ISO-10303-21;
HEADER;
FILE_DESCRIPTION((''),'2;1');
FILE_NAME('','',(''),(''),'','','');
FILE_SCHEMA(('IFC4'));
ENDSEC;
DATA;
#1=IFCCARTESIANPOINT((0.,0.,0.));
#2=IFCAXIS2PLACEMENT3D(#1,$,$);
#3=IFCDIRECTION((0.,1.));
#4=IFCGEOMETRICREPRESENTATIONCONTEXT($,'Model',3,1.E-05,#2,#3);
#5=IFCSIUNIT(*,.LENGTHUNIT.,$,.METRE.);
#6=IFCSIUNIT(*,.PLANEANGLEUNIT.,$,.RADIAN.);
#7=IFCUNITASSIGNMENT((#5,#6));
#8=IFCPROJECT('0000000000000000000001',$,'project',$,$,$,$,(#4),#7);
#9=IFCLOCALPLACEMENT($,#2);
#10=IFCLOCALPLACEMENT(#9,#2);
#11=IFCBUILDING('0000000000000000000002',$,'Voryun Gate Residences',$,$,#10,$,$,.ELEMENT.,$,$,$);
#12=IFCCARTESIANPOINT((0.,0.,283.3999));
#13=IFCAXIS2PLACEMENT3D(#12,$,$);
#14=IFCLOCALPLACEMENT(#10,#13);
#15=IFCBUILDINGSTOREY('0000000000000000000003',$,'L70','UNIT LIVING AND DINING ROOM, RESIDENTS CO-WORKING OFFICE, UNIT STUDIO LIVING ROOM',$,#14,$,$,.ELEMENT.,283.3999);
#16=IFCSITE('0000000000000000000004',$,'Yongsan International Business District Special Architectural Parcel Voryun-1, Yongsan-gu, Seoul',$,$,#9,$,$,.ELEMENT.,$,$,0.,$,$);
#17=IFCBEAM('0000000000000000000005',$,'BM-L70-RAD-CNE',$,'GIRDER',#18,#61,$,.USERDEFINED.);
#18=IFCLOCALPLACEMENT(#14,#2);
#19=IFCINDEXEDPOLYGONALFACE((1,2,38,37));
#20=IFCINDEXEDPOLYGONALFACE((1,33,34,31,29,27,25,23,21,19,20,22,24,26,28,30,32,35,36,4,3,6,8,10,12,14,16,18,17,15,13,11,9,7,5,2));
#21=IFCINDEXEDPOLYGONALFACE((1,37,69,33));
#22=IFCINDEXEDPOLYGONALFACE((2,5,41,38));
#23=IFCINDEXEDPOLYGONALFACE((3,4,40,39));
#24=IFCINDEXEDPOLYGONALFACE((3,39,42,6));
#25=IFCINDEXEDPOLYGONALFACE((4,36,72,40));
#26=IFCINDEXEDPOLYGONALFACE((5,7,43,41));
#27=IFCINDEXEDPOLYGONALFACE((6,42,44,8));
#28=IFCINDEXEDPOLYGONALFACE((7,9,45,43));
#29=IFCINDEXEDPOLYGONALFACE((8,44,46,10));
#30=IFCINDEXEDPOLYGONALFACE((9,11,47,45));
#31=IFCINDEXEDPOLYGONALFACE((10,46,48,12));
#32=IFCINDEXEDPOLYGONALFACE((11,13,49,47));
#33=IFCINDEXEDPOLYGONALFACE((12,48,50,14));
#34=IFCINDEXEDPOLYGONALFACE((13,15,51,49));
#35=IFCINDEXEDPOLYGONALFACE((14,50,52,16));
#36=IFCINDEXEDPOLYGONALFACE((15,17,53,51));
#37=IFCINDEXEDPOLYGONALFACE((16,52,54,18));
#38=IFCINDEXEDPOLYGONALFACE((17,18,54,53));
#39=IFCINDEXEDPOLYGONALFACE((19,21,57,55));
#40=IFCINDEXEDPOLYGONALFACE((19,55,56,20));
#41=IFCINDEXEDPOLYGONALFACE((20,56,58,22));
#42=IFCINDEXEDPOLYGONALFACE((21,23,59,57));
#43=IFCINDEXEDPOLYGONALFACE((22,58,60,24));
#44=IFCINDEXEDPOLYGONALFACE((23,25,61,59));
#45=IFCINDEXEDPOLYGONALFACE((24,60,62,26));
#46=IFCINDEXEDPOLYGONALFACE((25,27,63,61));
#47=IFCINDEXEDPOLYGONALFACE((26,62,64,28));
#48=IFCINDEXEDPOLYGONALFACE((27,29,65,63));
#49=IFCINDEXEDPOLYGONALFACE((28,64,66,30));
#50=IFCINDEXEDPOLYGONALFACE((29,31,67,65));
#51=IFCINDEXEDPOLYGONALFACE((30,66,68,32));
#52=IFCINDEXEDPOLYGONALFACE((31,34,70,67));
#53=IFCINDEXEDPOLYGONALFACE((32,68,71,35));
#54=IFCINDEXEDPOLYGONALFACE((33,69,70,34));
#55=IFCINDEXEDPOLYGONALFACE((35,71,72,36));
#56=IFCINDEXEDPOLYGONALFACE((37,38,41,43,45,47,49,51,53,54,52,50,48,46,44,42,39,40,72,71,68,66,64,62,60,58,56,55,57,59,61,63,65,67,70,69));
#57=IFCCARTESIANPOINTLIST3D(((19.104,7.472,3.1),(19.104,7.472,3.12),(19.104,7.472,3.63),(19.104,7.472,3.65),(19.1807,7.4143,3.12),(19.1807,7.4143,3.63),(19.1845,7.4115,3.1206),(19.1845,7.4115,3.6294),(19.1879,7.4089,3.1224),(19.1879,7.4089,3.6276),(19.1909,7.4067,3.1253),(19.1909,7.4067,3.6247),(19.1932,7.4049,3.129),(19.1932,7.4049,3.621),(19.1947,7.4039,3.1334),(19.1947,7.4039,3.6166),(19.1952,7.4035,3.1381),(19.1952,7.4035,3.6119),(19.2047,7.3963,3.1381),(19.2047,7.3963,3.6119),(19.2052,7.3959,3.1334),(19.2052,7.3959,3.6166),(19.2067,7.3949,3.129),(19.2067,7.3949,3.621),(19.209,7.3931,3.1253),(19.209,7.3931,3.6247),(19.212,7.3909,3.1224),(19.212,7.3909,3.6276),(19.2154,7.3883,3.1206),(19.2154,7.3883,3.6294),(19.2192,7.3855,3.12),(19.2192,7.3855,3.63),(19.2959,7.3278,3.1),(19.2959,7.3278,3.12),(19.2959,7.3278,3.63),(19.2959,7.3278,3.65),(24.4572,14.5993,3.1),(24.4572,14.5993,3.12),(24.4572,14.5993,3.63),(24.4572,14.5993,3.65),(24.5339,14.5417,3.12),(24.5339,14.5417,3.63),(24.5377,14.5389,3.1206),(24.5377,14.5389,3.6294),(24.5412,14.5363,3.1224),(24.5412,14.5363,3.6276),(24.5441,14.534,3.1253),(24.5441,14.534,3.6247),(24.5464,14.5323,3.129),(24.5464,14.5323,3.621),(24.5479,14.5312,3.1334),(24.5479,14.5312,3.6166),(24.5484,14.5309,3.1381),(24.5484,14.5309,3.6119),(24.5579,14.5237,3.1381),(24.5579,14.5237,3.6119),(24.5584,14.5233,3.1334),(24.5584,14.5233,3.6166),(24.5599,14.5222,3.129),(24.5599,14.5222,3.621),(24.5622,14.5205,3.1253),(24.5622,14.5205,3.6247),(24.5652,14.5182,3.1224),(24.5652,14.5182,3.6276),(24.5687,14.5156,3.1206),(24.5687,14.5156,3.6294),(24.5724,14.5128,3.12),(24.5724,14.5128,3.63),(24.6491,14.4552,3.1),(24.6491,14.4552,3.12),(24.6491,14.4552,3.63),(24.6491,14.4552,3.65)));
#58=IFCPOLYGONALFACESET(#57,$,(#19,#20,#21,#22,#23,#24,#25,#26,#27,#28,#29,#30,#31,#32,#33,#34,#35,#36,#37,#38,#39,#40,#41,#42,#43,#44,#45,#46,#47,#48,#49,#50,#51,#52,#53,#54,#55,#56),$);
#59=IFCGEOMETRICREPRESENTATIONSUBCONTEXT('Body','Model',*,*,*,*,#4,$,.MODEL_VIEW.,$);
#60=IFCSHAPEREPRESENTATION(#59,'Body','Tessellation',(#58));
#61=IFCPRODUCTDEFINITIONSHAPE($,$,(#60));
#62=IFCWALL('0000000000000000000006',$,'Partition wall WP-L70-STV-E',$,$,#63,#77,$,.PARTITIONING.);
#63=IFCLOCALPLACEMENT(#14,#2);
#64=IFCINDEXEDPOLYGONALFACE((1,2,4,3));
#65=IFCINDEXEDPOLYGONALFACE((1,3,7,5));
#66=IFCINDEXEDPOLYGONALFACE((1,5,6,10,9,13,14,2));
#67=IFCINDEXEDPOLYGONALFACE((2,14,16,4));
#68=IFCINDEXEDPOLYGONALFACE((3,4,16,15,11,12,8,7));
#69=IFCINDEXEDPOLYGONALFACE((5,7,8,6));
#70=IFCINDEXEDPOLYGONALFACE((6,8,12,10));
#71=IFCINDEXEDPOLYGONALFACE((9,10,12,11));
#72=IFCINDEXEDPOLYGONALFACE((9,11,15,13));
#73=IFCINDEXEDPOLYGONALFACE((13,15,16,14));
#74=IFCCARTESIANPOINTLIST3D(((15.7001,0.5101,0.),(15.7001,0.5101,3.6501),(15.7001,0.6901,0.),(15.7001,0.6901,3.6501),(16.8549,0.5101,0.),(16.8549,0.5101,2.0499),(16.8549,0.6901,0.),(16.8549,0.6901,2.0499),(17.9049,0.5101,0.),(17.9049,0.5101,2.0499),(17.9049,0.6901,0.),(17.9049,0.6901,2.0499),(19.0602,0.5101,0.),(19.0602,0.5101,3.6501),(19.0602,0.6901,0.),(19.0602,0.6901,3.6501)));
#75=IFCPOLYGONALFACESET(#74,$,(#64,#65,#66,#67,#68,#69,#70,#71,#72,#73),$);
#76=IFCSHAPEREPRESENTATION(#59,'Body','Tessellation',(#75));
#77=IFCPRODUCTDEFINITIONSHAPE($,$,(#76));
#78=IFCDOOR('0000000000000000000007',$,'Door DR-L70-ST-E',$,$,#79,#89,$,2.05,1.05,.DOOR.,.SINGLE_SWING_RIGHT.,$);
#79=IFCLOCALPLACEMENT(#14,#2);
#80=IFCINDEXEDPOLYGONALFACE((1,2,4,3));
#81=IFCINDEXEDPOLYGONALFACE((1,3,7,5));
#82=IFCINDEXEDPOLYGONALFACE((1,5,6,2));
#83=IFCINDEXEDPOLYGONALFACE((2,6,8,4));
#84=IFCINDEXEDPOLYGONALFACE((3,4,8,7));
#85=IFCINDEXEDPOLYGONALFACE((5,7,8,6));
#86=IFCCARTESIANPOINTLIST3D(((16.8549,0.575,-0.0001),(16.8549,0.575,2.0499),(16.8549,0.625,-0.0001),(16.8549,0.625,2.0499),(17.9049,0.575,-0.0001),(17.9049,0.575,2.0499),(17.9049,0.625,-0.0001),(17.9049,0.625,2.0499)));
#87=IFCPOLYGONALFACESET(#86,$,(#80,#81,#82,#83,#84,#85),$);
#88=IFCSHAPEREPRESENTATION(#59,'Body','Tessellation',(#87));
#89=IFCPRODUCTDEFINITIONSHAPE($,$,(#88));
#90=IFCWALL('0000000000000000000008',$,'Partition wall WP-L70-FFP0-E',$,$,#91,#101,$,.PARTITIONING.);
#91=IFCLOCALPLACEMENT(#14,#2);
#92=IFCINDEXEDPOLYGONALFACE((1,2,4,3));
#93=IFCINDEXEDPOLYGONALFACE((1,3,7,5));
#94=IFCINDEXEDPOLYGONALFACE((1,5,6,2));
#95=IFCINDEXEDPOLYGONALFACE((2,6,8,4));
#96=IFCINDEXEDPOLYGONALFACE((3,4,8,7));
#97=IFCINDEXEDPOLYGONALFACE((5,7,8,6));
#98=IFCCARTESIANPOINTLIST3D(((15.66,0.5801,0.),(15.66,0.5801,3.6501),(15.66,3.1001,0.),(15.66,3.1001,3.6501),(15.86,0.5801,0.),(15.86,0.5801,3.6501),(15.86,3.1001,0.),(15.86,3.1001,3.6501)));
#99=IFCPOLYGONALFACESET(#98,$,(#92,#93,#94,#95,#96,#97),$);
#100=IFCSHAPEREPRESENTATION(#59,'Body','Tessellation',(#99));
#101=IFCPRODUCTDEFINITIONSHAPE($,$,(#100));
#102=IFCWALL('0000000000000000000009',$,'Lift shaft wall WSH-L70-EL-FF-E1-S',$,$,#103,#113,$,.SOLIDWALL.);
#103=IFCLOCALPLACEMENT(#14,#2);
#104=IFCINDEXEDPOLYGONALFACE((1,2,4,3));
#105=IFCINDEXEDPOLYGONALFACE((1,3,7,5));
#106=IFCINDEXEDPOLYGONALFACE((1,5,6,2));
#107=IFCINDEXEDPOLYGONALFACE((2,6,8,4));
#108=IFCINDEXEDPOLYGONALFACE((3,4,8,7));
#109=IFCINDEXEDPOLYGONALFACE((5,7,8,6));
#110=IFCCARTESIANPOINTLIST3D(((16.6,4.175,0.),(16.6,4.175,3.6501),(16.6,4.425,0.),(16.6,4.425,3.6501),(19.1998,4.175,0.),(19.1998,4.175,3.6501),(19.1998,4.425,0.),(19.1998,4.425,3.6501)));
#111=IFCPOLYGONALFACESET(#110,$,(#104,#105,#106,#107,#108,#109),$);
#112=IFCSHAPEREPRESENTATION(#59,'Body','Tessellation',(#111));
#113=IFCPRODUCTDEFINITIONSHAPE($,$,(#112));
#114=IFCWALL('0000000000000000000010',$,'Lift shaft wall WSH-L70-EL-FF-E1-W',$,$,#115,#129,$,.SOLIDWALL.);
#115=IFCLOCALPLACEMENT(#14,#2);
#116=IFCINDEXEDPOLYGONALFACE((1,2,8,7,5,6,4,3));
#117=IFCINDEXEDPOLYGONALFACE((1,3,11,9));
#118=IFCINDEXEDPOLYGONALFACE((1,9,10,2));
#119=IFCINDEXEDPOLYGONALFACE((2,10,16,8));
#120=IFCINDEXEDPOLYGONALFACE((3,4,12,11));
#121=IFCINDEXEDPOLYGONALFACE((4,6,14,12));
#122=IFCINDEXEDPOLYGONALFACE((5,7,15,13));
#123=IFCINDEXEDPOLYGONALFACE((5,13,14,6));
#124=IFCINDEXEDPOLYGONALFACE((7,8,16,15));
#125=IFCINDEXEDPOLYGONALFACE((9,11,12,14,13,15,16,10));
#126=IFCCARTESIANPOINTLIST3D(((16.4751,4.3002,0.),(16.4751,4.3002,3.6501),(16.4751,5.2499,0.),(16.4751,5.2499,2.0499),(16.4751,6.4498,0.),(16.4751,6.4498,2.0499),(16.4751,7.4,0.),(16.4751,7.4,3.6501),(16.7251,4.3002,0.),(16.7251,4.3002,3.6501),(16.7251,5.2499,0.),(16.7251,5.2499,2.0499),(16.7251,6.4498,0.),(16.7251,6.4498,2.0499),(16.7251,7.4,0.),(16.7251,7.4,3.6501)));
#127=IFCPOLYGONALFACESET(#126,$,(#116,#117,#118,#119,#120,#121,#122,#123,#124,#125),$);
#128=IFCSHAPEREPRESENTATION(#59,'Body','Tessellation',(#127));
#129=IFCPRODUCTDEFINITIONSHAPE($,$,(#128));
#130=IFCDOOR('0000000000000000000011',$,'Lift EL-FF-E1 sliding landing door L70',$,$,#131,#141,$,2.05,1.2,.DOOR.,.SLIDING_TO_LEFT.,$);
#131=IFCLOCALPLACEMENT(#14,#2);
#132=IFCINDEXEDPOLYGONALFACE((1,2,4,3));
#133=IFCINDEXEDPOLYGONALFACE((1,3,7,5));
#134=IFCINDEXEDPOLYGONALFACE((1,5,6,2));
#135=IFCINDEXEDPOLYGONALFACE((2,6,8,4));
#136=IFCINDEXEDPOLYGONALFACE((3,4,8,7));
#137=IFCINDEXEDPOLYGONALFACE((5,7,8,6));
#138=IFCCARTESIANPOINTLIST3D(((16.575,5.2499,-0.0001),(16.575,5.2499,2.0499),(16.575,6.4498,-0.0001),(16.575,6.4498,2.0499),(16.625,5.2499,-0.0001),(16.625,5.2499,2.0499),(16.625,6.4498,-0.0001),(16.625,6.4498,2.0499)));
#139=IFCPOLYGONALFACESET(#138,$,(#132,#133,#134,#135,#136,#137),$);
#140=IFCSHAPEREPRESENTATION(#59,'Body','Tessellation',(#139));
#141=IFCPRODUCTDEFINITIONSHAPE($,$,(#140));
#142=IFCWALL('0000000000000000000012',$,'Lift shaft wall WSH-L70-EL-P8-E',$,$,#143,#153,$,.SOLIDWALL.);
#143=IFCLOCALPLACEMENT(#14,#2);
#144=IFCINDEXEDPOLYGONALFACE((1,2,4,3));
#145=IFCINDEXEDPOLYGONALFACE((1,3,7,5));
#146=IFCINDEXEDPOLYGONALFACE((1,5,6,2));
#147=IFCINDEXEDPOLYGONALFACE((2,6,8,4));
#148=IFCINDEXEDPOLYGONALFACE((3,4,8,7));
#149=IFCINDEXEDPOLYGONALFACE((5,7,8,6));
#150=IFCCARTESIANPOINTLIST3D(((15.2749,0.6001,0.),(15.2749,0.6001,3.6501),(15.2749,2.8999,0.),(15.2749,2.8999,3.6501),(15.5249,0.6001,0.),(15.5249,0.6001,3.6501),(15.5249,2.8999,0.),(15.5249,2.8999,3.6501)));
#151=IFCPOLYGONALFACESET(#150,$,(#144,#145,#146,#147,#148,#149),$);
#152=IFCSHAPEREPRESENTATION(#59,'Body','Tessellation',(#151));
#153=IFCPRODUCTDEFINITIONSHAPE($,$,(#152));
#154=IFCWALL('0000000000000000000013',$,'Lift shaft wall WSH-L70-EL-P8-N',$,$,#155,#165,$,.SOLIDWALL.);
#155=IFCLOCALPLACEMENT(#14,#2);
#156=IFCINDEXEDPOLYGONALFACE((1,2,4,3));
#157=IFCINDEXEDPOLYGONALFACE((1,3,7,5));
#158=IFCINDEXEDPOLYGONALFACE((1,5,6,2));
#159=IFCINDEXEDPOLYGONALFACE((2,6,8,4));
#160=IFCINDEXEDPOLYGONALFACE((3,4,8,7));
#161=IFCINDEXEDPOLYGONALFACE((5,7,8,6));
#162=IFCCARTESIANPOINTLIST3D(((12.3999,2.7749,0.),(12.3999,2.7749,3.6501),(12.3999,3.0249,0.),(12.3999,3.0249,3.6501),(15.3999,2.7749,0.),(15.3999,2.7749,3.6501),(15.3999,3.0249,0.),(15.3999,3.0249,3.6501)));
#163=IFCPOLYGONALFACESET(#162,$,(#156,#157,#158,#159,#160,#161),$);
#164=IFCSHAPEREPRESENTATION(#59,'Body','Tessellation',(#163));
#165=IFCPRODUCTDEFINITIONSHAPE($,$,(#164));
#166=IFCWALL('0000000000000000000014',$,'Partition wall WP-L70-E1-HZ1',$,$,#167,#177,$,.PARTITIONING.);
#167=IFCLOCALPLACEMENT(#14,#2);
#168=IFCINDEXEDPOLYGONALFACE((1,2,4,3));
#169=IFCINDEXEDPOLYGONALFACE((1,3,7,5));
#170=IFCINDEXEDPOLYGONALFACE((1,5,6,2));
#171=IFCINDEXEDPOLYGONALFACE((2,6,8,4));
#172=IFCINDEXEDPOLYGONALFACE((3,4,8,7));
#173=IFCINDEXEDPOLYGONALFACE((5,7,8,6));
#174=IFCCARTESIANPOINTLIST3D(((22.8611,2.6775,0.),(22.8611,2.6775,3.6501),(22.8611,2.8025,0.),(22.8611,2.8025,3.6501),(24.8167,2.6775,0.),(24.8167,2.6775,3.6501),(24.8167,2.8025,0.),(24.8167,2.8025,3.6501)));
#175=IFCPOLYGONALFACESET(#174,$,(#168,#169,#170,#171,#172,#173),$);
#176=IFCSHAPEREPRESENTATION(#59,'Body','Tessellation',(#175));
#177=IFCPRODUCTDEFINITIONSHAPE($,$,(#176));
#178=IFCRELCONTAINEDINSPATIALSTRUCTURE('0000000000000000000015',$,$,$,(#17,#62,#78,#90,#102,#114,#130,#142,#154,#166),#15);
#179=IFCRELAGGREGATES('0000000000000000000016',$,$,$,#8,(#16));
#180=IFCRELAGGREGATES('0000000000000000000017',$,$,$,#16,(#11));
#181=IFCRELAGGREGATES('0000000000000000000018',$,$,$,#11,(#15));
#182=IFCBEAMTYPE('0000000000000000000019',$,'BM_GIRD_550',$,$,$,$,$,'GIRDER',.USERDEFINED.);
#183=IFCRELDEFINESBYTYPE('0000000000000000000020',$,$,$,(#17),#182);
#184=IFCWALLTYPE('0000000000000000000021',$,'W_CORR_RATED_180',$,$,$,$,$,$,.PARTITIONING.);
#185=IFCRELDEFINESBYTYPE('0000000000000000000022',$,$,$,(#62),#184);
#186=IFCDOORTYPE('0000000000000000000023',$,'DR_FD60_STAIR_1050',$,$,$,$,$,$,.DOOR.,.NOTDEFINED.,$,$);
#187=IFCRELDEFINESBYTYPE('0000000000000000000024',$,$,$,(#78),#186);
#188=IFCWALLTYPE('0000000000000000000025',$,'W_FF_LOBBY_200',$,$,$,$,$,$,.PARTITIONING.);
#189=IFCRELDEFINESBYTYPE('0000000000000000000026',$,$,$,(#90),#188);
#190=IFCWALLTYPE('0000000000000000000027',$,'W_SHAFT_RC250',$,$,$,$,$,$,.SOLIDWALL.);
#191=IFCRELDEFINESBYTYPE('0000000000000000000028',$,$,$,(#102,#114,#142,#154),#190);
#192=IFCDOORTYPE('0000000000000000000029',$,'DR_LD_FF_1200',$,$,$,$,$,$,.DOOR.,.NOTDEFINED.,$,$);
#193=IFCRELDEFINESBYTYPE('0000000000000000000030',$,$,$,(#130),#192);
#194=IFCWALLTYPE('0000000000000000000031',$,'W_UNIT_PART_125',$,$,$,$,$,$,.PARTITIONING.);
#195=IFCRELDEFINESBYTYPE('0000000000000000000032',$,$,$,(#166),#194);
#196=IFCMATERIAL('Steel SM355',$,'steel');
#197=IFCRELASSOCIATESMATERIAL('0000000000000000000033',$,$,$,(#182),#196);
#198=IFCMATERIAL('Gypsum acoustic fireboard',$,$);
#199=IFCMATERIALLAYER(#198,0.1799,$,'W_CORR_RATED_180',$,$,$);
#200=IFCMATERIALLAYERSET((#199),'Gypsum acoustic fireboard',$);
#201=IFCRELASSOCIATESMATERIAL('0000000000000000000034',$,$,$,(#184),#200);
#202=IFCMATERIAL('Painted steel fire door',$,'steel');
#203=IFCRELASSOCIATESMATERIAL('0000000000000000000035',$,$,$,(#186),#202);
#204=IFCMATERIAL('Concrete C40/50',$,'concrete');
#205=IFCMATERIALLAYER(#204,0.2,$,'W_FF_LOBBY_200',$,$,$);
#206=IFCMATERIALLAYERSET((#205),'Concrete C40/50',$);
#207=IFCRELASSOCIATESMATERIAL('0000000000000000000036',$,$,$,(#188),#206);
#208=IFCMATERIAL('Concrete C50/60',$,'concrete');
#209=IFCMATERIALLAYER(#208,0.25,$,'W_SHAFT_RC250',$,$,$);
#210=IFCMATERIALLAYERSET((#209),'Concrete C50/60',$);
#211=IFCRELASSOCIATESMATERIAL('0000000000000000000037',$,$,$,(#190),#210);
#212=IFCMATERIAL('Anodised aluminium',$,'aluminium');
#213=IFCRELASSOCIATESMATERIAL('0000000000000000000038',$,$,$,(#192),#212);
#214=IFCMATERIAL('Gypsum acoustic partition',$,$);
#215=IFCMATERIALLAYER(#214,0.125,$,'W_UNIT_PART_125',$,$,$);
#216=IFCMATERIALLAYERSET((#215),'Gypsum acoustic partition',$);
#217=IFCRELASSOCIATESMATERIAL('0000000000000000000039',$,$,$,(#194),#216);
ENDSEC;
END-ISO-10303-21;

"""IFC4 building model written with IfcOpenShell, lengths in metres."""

from ifc_helpers import new_model, si_unit, direction, frame, frame_2d, origin, origin_2d, place, context, subcontext, project, spatial, rectangle, i_section, extrude, material, layer, layer_set, material_profile, profile_set, type_object, element, fill, save


model = new_model("IFC4")

# Units and contexts
model_context = context("Model", 3, precision=1e-05, world=origin(), true_north=direction((0.0, 1.0)))
body_context = subcontext(model_context, "Body", "Model", "MODEL_VIEW")
ifc_project = project(units=[si_unit("LENGTHUNIT", "METRE"), si_unit("PLANEANGLEUNIT", "RADIAN")], contexts=[model_context])

# Site, building, storey
site_placement = place(None, origin())
site = spatial("IfcSite", under=ifc_project, at=site_placement, Name="Yongsan International Business District Special Architectural Parcel Voryun-1, Yongsan-gu, Seoul", CompositionType="ELEMENT", RefElevation=0.0)
building_placement = place(site_placement, origin())
building = spatial("IfcBuilding", under=site, at=building_placement, Name="Voryun Gate Residences", CompositionType="ELEMENT")
storey_placement = place(building_placement, frame((0.0, 0.0, 283.3999)))
storey = spatial("IfcBuildingStorey", under=building, at=storey_placement, Name="L70", Description="UNIT LIVING AND DINING ROOM, RESIDENTS CO-WORKING OFFICE, UNIT STUDIO LIVING ROOM", CompositionType="ELEMENT", Elevation=283.3999)

# Beam
ifc_material_1 = material(Name="Steel SM355", Category="steel")
ifc_material_profile_1 = material_profile(ifc_material_1, i_section(OverallWidth=0.24, OverallDepth=0.55, WebThickness=0.012, FlangeThickness=0.02, FilletRadius=0.0181, at=origin_2d()), Name="H-550x240x12x20")
ifc_profile_set_1 = profile_set([ifc_material_profile_1], Name="Steel SM355")
beam_type_1 = type_object("IfcBeamType", Name="BM_GIRD_550", ElementType="GIRDER", PredefinedType="USERDEFINED", material=ifc_profile_set_1)
beam_1_placement = place(storey_placement, frame((19.2, 7.3999, 3.375), z_axis=(0.600552, 0.799586, 0.0), x_axis=(-0.799586, 0.600552, 0.0)))
element("IfcBeam", 1, at=beam_1_placement, inside=storey, type_object=beam_type_1, Name="BM-L70-RAD-CNE", ObjectType="GIRDER", PredefinedType="USERDEFINED", context=body_context, shape_type="SweptSolid", body=[
    extrude(i_section(OverallWidth=0.24, OverallDepth=0.55, WebThickness=0.012, FlangeThickness=0.02, FilletRadius=0.0181, at=origin_2d()), origin(), (0.0, 0.0, 1.0), 8.9138),
])

# Wall, opening, door
ifc_material_2 = material(Name="Gypsum acoustic fireboard")
ifc_layer_1 = layer(ifc_material_2, 0.1799, Name="W_CORR_RATED_180")
ifc_layer_set_1 = layer_set([ifc_layer_1], Name="Gypsum acoustic fireboard")
wall_type_1 = type_object("IfcWallType", Name="W_CORR_RATED_180", PredefinedType="PARTITIONING", material=ifc_layer_set_1)
wall_1_placement = place(storey_placement, frame((15.7, 0.6001, 0.0), z_axis=(0.0, 0.0, 1.0), x_axis=(1.0, 0.0, 0.0)))
wall_1 = element("IfcWall", 2, at=wall_1_placement, inside=storey, type_object=wall_type_1, Name="Partition wall WP-L70-STV-E", PredefinedType="PARTITIONING", context=body_context, shape_type="SweptSolid", body=[
    extrude(rectangle(XDim=3.3601, YDim=0.1799, at=frame_2d((1.6802, 0.0))), origin(), (0.0, 0.0, 1.0), 3.6501),
])
opening_1_placement = place(wall_1_placement, frame((1.155, 0.0, 0.0)))
opening_1 = element("IfcOpeningElement", 3, at=opening_1_placement, cuts=wall_1, PredefinedType="OPENING", context=body_context, shape_type="SweptSolid", body=[
    extrude(rectangle(XDim=1.05, YDim=2.05, at=frame_2d((0.5249, 1.0249))), frame((0.0, 0.0999, 0.0), z_axis=(0.0, -1.0, 0.0), x_axis=(1.0, 0.0, 0.0)), (0.0, 0.0, 1.0), 0.2),
])
ifc_material_3 = material(Name="Painted steel fire door", Category="steel")
door_type_1 = type_object("IfcDoorType", Name="DR_FD60_STAIR_1050", OperationType="NOTDEFINED", PredefinedType="DOOR", material=ifc_material_3)
door_1_placement = place(opening_1_placement, origin())
door_1 = element("IfcDoor", 4, at=door_1_placement, inside=storey, type_object=door_type_1, Name="Door DR-L70-ST-E", OperationType="SINGLE_SWING_RIGHT", OverallHeight=2.05, OverallWidth=1.05, PredefinedType="DOOR", context=body_context, shape_type="SweptSolid", body=[
    extrude(rectangle(XDim=1.05, YDim=2.05, at=frame_2d((0.5249, 1.0249))), frame((0.0, 0.0249, 0.0), z_axis=(0.0, -1.0, 0.0), x_axis=(1.0, 0.0, 0.0)), (0.0, 0.0, 1.0), 0.05),
])
fill(opening_1, door_1)

# Walls
ifc_material_4 = material(Name="Concrete C40/50", Category="concrete")
ifc_layer_2 = layer(ifc_material_4, 0.2, Name="W_FF_LOBBY_200")
ifc_layer_set_2 = layer_set([ifc_layer_2], Name="Concrete C40/50")
wall_type_2 = type_object("IfcWallType", Name="W_FF_LOBBY_200", PredefinedType="PARTITIONING", material=ifc_layer_set_2)
wall_2_placement = place(storey_placement, frame((15.76, 0.5801, 0.0), z_axis=(0.0, 0.0, 1.0), x_axis=(0.0, 1.0, 0.0)))
element("IfcWall", 5, at=wall_2_placement, inside=storey, type_object=wall_type_2, Name="Partition wall WP-L70-FFP0-E", PredefinedType="PARTITIONING", context=body_context, shape_type="SweptSolid", body=[
    extrude(rectangle(XDim=2.52, YDim=0.2, at=frame_2d((1.26, 0.0))), origin(), (0.0, 0.0, 1.0), 3.6501),
])
ifc_material_5 = material(Name="Concrete C50/60", Category="concrete")
ifc_layer_3 = layer(ifc_material_5, 0.25, Name="W_SHAFT_RC250")
ifc_layer_set_3 = layer_set([ifc_layer_3], Name="Concrete C50/60")
wall_type_3 = type_object("IfcWallType", Name="W_SHAFT_RC250", PredefinedType="SOLIDWALL", material=ifc_layer_set_3)
wall_3_placement = place(storey_placement, frame((16.6001, 4.3, 0.0), z_axis=(0.0, 0.0, 1.0), x_axis=(1.0, 0.0, 0.0)))
element("IfcWall", 6, at=wall_3_placement, inside=storey, type_object=wall_type_3, Name="Lift shaft wall WSH-L70-EL-FF-E1-S", PredefinedType="SOLIDWALL", context=body_context, shape_type="SweptSolid", body=[
    extrude(rectangle(XDim=2.5999, YDim=0.25, at=frame_2d((1.2998, 0.0))), origin(), (0.0, 0.0, 1.0), 3.6501),
])

# Wall, opening, door
wall_4_placement = place(storey_placement, frame((16.6001, 7.3999, 0.0), z_axis=(0.0, 0.0, 1.0), x_axis=(0.0, -1.0, 0.0)))
wall_4 = element("IfcWall", 7, at=wall_4_placement, inside=storey, type_object=wall_type_3, Name="Lift shaft wall WSH-L70-EL-FF-E1-W", PredefinedType="SOLIDWALL", context=body_context, shape_type="SweptSolid", body=[
    extrude(rectangle(XDim=3.0999, YDim=0.25, at=frame_2d((1.5498, 0.0))), origin(), (0.0, 0.0, 1.0), 3.6501),
])
opening_2_placement = place(wall_4_placement, frame((0.95, 0.0, 0.0)))
opening_2 = element("IfcOpeningElement", 8, at=opening_2_placement, cuts=wall_4, PredefinedType="OPENING", context=body_context, shape_type="SweptSolid", body=[
    extrude(rectangle(XDim=1.2, YDim=2.05, at=frame_2d((0.6001, 1.0249))), frame((0.0, 0.135, 0.0), z_axis=(0.0, -1.0, 0.0), x_axis=(1.0, 0.0, 0.0)), (0.0, 0.0, 1.0), 0.27),
])
ifc_material_6 = material(Name="Anodised aluminium", Category="aluminium")
door_type_2 = type_object("IfcDoorType", Name="DR_LD_FF_1200", OperationType="NOTDEFINED", PredefinedType="DOOR", material=ifc_material_6)
door_2_placement = place(opening_2_placement, origin())
door_2 = element("IfcDoor", 9, at=door_2_placement, inside=storey, type_object=door_type_2, Name="Lift EL-FF-E1 sliding landing door L70", OperationType="SLIDING_TO_LEFT", OverallHeight=2.05, OverallWidth=1.2, PredefinedType="DOOR", context=body_context, shape_type="SweptSolid", body=[
    extrude(rectangle(XDim=1.2, YDim=2.05, at=frame_2d((0.6001, 1.0249))), frame((0.0, 0.0249, 0.0), z_axis=(0.0, -1.0, 0.0), x_axis=(1.0, 0.0, 0.0)), (0.0, 0.0, 1.0), 0.05),
])
fill(opening_2, door_2)

# Walls
wall_5_placement = place(storey_placement, frame((15.3999, 0.6001, 0.0), z_axis=(0.0, 0.0, 1.0), x_axis=(0.0, 1.0, 0.0)))
element("IfcWall", 10, at=wall_5_placement, inside=storey, type_object=wall_type_3, Name="Lift shaft wall WSH-L70-EL-P8-E", PredefinedType="SOLIDWALL", context=body_context, shape_type="SweptSolid", body=[
    extrude(rectangle(XDim=2.2998, YDim=0.25, at=frame_2d((1.1499, 0.0))), origin(), (0.0, 0.0, 1.0), 3.6501),
])
wall_6_placement = place(storey_placement, frame((15.3999, 2.8999, 0.0), z_axis=(0.0, 0.0, 1.0), x_axis=(-1.0, 0.0, 0.0)))
element("IfcWall", 11, at=wall_6_placement, inside=storey, type_object=wall_type_3, Name="Lift shaft wall WSH-L70-EL-P8-N", PredefinedType="SOLIDWALL", context=body_context, shape_type="SweptSolid", body=[
    extrude(rectangle(XDim=3.0, YDim=0.25, at=frame_2d((1.5, 0.0))), origin(), (0.0, 0.0, 1.0), 3.6501),
])
ifc_material_7 = material(Name="Gypsum acoustic partition")
ifc_layer_4 = layer(ifc_material_7, 0.125, Name="W_UNIT_PART_125")
ifc_layer_set_4 = layer_set([ifc_layer_4], Name="Gypsum acoustic partition")
wall_type_4 = type_object("IfcWallType", Name="W_UNIT_PART_125", PredefinedType="PARTITIONING", material=ifc_layer_set_4)
wall_7_placement = place(storey_placement, frame((22.8611, 2.74, 0.0), z_axis=(0.0, 0.0, 1.0), x_axis=(1.0, 0.0, 0.0)))
element("IfcWall", 12, at=wall_7_placement, inside=storey, type_object=wall_type_4, Name="Partition wall WP-L70-E1-HZ1", PredefinedType="PARTITIONING", context=body_context, shape_type="SweptSolid", body=[
    extrude(rectangle(XDim=1.9556, YDim=0.125, at=frame_2d((0.9778, 0.0))), origin(), (0.0, 0.0, 1.0), 3.6501),
])

save(model, "model.ifc")
